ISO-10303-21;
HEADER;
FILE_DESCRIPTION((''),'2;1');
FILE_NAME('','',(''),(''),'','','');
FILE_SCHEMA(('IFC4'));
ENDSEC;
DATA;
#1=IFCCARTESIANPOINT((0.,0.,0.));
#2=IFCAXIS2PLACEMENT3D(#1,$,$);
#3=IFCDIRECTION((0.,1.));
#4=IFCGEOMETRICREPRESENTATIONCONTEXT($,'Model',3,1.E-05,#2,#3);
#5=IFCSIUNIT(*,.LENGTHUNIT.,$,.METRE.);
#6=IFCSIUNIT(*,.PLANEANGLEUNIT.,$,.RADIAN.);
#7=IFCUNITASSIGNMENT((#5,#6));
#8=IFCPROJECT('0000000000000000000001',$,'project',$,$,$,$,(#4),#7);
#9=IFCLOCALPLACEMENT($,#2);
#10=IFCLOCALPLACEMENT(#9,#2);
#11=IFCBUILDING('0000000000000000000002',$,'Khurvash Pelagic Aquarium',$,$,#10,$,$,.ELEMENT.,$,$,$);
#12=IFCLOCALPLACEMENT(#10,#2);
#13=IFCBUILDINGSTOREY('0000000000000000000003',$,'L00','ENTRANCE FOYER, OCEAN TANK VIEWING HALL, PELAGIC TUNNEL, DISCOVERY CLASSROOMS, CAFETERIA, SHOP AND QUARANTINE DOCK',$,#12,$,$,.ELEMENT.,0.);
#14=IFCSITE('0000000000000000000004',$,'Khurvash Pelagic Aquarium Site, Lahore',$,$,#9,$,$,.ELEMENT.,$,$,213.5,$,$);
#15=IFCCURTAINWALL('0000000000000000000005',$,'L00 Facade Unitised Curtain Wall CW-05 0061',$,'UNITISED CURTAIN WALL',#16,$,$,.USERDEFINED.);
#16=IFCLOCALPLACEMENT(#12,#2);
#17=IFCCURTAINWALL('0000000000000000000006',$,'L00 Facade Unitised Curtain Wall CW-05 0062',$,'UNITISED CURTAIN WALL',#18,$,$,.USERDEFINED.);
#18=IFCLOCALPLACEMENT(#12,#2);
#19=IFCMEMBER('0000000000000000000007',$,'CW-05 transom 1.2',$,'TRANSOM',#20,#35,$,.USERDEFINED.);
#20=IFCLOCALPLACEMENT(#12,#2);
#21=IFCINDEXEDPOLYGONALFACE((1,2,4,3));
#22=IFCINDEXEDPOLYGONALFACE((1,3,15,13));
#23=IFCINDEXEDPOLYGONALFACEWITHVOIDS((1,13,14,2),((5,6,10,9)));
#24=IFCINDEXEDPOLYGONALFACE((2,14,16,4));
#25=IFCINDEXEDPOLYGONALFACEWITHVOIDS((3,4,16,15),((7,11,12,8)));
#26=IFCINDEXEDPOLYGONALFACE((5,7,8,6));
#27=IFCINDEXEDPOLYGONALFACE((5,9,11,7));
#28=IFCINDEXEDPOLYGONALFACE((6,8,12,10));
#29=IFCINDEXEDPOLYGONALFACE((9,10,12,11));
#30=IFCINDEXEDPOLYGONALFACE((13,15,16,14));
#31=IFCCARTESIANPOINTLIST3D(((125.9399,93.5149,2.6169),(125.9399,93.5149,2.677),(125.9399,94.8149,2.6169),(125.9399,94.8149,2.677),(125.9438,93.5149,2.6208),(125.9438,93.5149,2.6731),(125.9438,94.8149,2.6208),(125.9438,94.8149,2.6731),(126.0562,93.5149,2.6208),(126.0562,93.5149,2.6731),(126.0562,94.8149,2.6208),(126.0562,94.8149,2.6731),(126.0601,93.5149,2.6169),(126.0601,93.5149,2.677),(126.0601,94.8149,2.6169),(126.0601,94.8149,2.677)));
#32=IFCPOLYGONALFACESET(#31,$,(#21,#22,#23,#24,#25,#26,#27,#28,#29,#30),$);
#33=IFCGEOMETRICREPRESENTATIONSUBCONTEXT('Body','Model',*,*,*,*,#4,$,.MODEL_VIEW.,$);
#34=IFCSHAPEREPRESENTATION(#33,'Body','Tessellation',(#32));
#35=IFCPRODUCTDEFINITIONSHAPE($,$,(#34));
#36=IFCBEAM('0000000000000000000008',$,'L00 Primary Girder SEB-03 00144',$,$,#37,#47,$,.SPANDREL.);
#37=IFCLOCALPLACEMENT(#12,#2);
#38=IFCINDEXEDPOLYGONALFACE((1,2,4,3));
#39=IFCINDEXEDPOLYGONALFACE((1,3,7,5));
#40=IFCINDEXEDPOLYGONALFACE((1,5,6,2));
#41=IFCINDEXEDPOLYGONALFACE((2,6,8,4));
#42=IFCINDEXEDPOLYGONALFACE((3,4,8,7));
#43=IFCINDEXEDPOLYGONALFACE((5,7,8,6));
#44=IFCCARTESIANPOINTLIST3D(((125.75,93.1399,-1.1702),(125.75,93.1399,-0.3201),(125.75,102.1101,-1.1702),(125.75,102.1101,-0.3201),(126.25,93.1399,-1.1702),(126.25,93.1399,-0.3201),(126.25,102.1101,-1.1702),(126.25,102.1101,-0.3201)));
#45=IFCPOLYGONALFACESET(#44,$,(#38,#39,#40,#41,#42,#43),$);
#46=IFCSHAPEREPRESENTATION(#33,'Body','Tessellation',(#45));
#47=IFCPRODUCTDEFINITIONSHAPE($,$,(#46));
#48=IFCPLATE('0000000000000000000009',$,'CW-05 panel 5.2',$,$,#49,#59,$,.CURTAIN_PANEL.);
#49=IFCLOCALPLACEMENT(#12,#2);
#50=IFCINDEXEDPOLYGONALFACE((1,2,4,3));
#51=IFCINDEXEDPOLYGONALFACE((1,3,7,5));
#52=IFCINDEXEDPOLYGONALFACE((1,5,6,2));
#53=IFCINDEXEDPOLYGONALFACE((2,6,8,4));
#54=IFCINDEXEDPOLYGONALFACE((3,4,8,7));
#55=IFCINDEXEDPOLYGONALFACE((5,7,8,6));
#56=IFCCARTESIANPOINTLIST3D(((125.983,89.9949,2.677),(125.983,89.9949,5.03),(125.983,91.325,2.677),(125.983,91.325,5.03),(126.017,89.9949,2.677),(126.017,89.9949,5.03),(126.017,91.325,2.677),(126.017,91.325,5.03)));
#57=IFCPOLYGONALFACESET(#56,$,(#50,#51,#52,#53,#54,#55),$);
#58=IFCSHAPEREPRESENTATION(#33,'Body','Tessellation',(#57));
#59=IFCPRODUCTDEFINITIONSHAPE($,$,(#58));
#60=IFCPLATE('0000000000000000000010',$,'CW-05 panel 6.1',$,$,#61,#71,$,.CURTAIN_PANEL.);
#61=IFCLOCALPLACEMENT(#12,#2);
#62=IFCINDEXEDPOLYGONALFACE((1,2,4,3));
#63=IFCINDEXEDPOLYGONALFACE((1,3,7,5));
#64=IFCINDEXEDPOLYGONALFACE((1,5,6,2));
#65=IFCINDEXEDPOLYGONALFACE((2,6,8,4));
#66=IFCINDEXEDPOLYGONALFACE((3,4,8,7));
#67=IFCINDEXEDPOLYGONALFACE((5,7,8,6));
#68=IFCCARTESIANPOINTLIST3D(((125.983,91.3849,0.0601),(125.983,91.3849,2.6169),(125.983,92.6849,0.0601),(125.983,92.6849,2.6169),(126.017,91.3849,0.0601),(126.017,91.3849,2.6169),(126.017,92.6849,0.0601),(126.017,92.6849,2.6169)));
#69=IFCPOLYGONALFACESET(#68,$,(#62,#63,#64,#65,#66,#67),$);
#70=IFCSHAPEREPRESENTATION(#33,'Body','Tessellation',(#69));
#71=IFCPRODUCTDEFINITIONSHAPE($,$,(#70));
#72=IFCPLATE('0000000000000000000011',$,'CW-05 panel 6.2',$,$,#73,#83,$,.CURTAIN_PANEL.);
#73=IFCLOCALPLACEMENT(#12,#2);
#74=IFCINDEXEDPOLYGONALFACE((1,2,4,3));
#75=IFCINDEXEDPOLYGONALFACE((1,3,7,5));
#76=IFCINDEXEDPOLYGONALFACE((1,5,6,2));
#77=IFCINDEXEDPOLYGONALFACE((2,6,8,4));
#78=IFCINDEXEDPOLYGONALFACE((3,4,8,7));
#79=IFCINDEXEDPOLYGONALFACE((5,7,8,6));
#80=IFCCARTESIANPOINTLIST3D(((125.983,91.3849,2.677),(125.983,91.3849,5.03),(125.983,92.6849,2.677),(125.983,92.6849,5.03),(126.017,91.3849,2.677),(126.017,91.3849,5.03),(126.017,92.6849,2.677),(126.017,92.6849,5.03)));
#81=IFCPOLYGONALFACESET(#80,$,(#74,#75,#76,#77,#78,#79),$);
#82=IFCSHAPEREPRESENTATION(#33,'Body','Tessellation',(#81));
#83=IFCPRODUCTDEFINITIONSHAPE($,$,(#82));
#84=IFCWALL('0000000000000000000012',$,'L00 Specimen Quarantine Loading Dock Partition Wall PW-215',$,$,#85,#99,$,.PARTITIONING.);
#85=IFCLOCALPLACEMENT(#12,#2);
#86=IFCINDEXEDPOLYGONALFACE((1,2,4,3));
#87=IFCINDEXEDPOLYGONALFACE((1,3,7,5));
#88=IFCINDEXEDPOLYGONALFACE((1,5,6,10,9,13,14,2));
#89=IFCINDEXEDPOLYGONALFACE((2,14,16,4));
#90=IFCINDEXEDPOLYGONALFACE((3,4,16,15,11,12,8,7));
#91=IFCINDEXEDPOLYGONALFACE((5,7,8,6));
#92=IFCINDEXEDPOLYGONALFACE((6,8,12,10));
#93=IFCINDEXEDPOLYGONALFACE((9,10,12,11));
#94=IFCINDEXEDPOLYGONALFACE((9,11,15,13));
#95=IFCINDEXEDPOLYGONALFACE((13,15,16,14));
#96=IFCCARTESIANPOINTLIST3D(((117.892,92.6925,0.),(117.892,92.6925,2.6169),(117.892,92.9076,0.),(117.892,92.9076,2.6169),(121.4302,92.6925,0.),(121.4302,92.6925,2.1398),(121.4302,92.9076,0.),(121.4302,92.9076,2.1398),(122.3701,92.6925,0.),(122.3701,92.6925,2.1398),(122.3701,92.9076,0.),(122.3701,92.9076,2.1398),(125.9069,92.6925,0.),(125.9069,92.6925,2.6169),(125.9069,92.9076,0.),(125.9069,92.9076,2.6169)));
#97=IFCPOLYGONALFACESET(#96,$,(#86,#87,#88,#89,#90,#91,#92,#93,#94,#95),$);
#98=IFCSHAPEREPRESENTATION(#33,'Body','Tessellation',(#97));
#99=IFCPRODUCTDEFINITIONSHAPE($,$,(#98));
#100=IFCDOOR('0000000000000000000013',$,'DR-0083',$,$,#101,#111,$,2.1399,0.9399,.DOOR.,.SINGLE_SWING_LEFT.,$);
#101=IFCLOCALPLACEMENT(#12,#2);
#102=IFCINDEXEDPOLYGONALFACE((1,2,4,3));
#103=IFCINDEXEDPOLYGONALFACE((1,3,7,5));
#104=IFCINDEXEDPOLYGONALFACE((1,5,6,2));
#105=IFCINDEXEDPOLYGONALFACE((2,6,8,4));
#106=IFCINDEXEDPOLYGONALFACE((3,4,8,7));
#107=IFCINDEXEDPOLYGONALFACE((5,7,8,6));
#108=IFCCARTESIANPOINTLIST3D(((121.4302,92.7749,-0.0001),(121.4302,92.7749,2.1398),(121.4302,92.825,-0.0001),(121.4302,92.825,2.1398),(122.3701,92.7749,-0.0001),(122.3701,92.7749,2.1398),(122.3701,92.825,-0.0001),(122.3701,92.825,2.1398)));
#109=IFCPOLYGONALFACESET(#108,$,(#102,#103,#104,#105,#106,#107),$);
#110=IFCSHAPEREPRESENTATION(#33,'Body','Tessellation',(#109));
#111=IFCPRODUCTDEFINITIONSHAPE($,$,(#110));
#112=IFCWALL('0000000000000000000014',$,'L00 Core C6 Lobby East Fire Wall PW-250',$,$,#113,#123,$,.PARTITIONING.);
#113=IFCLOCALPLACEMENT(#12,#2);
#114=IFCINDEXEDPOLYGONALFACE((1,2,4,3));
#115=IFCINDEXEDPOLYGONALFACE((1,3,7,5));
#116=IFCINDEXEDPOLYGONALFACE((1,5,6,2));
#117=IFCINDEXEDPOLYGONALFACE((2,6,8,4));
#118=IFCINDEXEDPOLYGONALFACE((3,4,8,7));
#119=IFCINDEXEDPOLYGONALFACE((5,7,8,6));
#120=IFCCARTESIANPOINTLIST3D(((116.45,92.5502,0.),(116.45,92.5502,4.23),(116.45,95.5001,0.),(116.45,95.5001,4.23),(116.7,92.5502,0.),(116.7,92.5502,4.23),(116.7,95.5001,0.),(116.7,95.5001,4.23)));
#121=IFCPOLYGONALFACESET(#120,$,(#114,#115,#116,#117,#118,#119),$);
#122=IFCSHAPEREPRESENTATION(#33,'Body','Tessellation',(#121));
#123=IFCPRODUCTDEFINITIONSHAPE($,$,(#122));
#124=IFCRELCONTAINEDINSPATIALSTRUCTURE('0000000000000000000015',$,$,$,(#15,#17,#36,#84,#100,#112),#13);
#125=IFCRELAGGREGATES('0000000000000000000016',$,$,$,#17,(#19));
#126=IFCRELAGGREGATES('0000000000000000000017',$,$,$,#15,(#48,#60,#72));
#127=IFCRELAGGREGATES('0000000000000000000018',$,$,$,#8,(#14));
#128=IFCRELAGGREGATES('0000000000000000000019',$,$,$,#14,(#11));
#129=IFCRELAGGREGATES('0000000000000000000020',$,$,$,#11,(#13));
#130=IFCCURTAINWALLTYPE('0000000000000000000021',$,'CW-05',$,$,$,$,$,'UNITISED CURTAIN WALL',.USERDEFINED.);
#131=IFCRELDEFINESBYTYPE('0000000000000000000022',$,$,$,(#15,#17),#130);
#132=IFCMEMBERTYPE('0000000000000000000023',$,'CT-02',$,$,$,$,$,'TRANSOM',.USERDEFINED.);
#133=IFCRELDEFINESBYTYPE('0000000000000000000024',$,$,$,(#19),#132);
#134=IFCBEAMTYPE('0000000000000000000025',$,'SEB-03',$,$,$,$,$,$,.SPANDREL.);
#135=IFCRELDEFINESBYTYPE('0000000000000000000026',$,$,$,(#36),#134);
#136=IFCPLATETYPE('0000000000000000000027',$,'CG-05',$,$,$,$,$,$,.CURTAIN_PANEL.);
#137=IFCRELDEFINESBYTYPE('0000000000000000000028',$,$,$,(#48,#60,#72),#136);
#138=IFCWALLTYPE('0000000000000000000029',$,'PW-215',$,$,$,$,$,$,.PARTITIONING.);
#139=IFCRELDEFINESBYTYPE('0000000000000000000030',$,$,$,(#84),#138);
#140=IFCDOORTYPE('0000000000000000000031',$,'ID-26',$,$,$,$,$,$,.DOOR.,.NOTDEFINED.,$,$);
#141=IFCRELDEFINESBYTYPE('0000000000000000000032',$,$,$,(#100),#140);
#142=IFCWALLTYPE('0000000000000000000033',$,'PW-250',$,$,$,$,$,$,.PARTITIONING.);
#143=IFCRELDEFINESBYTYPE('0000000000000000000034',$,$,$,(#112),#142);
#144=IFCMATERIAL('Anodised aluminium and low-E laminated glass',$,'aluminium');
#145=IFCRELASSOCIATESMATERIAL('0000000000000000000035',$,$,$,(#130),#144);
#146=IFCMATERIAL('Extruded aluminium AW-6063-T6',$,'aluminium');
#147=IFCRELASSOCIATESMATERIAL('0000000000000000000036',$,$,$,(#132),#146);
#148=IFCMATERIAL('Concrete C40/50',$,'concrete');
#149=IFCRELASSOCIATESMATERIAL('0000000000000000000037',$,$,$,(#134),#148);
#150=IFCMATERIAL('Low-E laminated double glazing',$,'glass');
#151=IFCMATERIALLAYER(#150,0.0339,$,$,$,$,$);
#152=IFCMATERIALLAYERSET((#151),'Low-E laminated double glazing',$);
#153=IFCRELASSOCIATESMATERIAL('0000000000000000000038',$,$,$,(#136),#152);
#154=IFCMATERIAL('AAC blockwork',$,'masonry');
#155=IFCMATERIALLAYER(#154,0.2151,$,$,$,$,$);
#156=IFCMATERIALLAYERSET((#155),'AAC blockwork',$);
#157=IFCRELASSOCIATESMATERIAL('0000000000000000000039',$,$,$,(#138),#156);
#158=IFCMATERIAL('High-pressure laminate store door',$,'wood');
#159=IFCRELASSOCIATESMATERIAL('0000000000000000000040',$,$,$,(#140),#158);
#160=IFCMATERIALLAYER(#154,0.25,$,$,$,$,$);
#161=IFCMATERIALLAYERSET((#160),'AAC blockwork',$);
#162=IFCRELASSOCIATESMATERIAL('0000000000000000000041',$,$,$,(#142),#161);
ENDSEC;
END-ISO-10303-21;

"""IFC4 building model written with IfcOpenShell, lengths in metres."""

from ifc_helpers import new_model, si_unit, direction, frame, frame_2d, origin, origin_2d, place, context, subcontext, project, spatial, rectangle, hollow_rectangle, extrude, material, layer, layer_set, material_profile, profile_set, type_object, element, fill, aggregate, save


model = new_model("IFC4")

# Units and contexts
model_context = context("Model", 3, precision=1e-05, world=origin(), true_north=direction((0.0, 1.0)))
body_context = subcontext(model_context, "Body", "Model", "MODEL_VIEW")
ifc_project = project(units=[si_unit("LENGTHUNIT", "METRE"), si_unit("PLANEANGLEUNIT", "RADIAN")], contexts=[model_context])

# Site, building, storey
site_placement = place(None, origin())
site = spatial("IfcSite", under=ifc_project, at=site_placement, Name="Khurvash Pelagic Aquarium Site, Lahore", CompositionType="ELEMENT", RefElevation=213.5)
building_placement = place(site_placement, origin())
building = spatial("IfcBuilding", under=site, at=building_placement, Name="Khurvash Pelagic Aquarium", CompositionType="ELEMENT")
storey_placement = place(building_placement, origin())
storey = spatial("IfcBuildingStorey", under=building, at=storey_placement, Name="L00", Description="ENTRANCE FOYER, OCEAN TANK VIEWING HALL, PELAGIC TUNNEL, DISCOVERY CLASSROOMS, CAFETERIA, SHOP AND QUARANTINE DOCK", CompositionType="ELEMENT", Elevation=0.0)

# Shared definitions
ifc_material_1 = material(Name="Concrete C40/50", Category="concrete")

# Curtain wall
ifc_material_2 = material(Name="Anodised aluminium and low-E laminated glass", Category="aluminium")
curtain_wall_type = type_object("IfcCurtainWallType", Name="CW-05", ElementType="UNITISED CURTAIN WALL", PredefinedType="USERDEFINED", material=ifc_material_2)
curtain_wall_1_placement = place(storey_placement, origin())
curtain_wall_1 = element("IfcCurtainWall", 1, at=curtain_wall_1_placement, inside=storey, type_object=curtain_wall_type, Name="L00 Facade Unitised Curtain Wall CW-05 0061", ObjectType="UNITISED CURTAIN WALL", PredefinedType="USERDEFINED")
ifc_material_3 = material(Name="Extruded aluminium AW-6063-T6", Category="aluminium")

# Curtain wall
curtain_wall_2_placement = place(storey_placement, origin())
curtain_wall_2 = element("IfcCurtainWall", 2, at=curtain_wall_2_placement, inside=storey, type_object=curtain_wall_type, Name="L00 Facade Unitised Curtain Wall CW-05 0062", ObjectType="UNITISED CURTAIN WALL", PredefinedType="USERDEFINED")

# Member
ifc_material_profile_1 = material_profile(ifc_material_3, hollow_rectangle(XDim=0.1201, YDim=0.0601, WallThickness=0.0039, at=origin_2d()), Name="CWT120X60X4")
ifc_profile_set_1 = profile_set([ifc_material_profile_1], Name="Extruded aluminium AW-6063-T6")
member_type_1 = type_object("IfcMemberType", Name="CT-02", ElementType="TRANSOM", PredefinedType="USERDEFINED", material=ifc_profile_set_1)
member_1_placement = place(storey_placement, frame((126.0, 93.5149, 2.647), z_axis=(0.0, 1.0, 0.0), x_axis=(-1.0, 0.0, 0.0)))
member_1 = element("IfcMember", 3, at=member_1_placement, type_object=member_type_1, Name="CW-05 transom 1.2", ObjectType="TRANSOM", PredefinedType="USERDEFINED", context=body_context, shape_type="SweptSolid", body=[
    extrude(hollow_rectangle(XDim=0.1201, YDim=0.0601, WallThickness=0.0039, at=origin_2d()), origin(), (0.0, 0.0, 1.0), 1.3),
])
aggregate(curtain_wall_2, [member_1])

# Beam
ifc_material_profile_2 = material_profile(ifc_material_1, rectangle(XDim=0.5, YDim=0.8501, at=origin_2d()), Name="RC500X850")
ifc_profile_set_2 = profile_set([ifc_material_profile_2], Name="Concrete C40/50")
beam_type_1 = type_object("IfcBeamType", Name="SEB-03", PredefinedType="SPANDREL", material=ifc_profile_set_2)
beam_1_placement = place(storey_placement, frame((126.0, 93.1399, -0.7451), z_axis=(0.0, 1.0, 0.0), x_axis=(-1.0, 0.0, 0.0)))
element("IfcBeam", 4, at=beam_1_placement, inside=storey, type_object=beam_type_1, Name="L00 Primary Girder SEB-03 00144", PredefinedType="SPANDREL", context=body_context, shape_type="SweptSolid", body=[
    extrude(rectangle(XDim=0.5, YDim=0.8501, at=origin_2d()), origin(), (0.0, 0.0, 1.0), 8.9702),
])

# Plates
ifc_material_4 = material(Name="Low-E laminated double glazing", Category="glass")
ifc_layer_1 = layer(ifc_material_4, 0.0339)
ifc_layer_set_1 = layer_set([ifc_layer_1], Name="Low-E laminated double glazing")
plate_type = type_object("IfcPlateType", Name="CG-05", PredefinedType="CURTAIN_PANEL", material=ifc_layer_set_1)
plate_1_placement = place(storey_placement, frame((126.0, 90.6599, 2.677), z_axis=(0.0, 0.0, 1.0), x_axis=(0.0, 1.0, 0.0)))
plate_1 = element("IfcPlate", 5, at=plate_1_placement, type_object=plate_type, Name="CW-05 panel 5.2", PredefinedType="CURTAIN_PANEL", context=body_context, shape_type="SweptSolid", body=[
    extrude(rectangle(XDim=1.3301, YDim=0.0339, at=origin_2d()), origin(), (0.0, 0.0, 1.0), 2.353),
])
plate_2_placement = place(storey_placement, frame((126.0, 92.0349, 0.0601), z_axis=(0.0, 0.0, 1.0), x_axis=(0.0, 1.0, 0.0)))
plate_2 = element("IfcPlate", 6, at=plate_2_placement, type_object=plate_type, Name="CW-05 panel 6.1", PredefinedType="CURTAIN_PANEL", context=body_context, shape_type="SweptSolid", body=[
    extrude(rectangle(XDim=1.3, YDim=0.0339, at=origin_2d()), origin(), (0.0, 0.0, 1.0), 2.5569),
])
plate_3_placement = place(storey_placement, frame((126.0, 92.0349, 2.677), z_axis=(0.0, 0.0, 1.0), x_axis=(0.0, 1.0, 0.0)))
plate_3 = element("IfcPlate", 7, at=plate_3_placement, type_object=plate_type, Name="CW-05 panel 6.2", PredefinedType="CURTAIN_PANEL", context=body_context, shape_type="SweptSolid", body=[
    extrude(rectangle(XDim=1.3, YDim=0.0339, at=origin_2d()), origin(), (0.0, 0.0, 1.0), 2.353),
])
aggregate(curtain_wall_1, [plate_1, plate_2, plate_3])

# Wall, opening, door
ifc_material_5 = material(Name="AAC blockwork", Category="masonry")
ifc_layer_2 = layer(ifc_material_5, 0.2151)
ifc_layer_set_2 = layer_set([ifc_layer_2], Name="AAC blockwork")
wall_type_1 = type_object("IfcWallType", Name="PW-215", PredefinedType="PARTITIONING", material=ifc_layer_set_2)
wall_1_placement = place(storey_placement, frame((117.8921, 92.8, 0.0), z_axis=(0.0, 0.0, 1.0), x_axis=(1.0, 0.0, 0.0)))
wall_1 = element("IfcWall", 8, at=wall_1_placement, inside=storey, type_object=wall_type_1, Name="L00 Specimen Quarantine Loading Dock Partition Wall PW-215", PredefinedType="PARTITIONING", context=body_context, shape_type="SweptSolid", body=[
    extrude(rectangle(XDim=8.0149, YDim=0.2151, at=frame_2d((4.0073, 0.0))), origin(), (0.0, 0.0, 1.0), 2.6169),
])
opening_placement = place(wall_1_placement, frame((3.5381, 0.0, 0.0)))
opening = element("IfcOpeningElement", 9, at=opening_placement, cuts=wall_1, PredefinedType="OPENING", context=body_context, shape_type="SweptSolid", body=[
    extrude(rectangle(XDim=0.9399, YDim=2.1399, at=frame_2d((0.47, 1.0698))), frame((0.0, 0.1177, 0.0), z_axis=(0.0, -1.0, 0.0), x_axis=(1.0, 0.0, 0.0)), (0.0, 0.0, 1.0), 0.2351),
])
ifc_material_6 = material(Name="High-pressure laminate store door", Category="wood")
door_type = type_object("IfcDoorType", Name="ID-26", OperationType="NOTDEFINED", PredefinedType="DOOR", material=ifc_material_6)
door_placement = place(opening_placement, origin())
door = element("IfcDoor", 10, at=door_placement, inside=storey, type_object=door_type, Name="DR-0083", OperationType="SINGLE_SWING_LEFT", OverallHeight=2.1399, OverallWidth=0.9399, PredefinedType="DOOR", context=body_context, shape_type="SweptSolid", body=[
    extrude(rectangle(XDim=0.9399, YDim=2.1399, at=frame_2d((0.47, 1.0698))), frame((0.0, 0.0249, 0.0), z_axis=(0.0, -1.0, 0.0), x_axis=(1.0, 0.0, 0.0)), (0.0, 0.0, 1.0), 0.05),
])
fill(opening, door)

# Wall
ifc_layer_3 = layer(ifc_material_5, 0.25)
ifc_layer_set_3 = layer_set([ifc_layer_3], Name="AAC blockwork")
wall_type_2 = type_object("IfcWallType", Name="PW-250", PredefinedType="PARTITIONING", material=ifc_layer_set_3)
wall_2_placement = place(storey_placement, frame((116.575, 92.55, 0.0), z_axis=(0.0, 0.0, 1.0), x_axis=(0.0, 1.0, 0.0)))
element("IfcWall", 11, at=wall_2_placement, inside=storey, type_object=wall_type_2, Name="L00 Core C6 Lobby East Fire Wall PW-250", PredefinedType="PARTITIONING", context=body_context, shape_type="SweptSolid", body=[
    extrude(rectangle(XDim=2.95, YDim=0.25, at=frame_2d((1.4751, 0.0))), origin(), (0.0, 0.0, 1.0), 4.23),
])

save(model, "model.ifc")
